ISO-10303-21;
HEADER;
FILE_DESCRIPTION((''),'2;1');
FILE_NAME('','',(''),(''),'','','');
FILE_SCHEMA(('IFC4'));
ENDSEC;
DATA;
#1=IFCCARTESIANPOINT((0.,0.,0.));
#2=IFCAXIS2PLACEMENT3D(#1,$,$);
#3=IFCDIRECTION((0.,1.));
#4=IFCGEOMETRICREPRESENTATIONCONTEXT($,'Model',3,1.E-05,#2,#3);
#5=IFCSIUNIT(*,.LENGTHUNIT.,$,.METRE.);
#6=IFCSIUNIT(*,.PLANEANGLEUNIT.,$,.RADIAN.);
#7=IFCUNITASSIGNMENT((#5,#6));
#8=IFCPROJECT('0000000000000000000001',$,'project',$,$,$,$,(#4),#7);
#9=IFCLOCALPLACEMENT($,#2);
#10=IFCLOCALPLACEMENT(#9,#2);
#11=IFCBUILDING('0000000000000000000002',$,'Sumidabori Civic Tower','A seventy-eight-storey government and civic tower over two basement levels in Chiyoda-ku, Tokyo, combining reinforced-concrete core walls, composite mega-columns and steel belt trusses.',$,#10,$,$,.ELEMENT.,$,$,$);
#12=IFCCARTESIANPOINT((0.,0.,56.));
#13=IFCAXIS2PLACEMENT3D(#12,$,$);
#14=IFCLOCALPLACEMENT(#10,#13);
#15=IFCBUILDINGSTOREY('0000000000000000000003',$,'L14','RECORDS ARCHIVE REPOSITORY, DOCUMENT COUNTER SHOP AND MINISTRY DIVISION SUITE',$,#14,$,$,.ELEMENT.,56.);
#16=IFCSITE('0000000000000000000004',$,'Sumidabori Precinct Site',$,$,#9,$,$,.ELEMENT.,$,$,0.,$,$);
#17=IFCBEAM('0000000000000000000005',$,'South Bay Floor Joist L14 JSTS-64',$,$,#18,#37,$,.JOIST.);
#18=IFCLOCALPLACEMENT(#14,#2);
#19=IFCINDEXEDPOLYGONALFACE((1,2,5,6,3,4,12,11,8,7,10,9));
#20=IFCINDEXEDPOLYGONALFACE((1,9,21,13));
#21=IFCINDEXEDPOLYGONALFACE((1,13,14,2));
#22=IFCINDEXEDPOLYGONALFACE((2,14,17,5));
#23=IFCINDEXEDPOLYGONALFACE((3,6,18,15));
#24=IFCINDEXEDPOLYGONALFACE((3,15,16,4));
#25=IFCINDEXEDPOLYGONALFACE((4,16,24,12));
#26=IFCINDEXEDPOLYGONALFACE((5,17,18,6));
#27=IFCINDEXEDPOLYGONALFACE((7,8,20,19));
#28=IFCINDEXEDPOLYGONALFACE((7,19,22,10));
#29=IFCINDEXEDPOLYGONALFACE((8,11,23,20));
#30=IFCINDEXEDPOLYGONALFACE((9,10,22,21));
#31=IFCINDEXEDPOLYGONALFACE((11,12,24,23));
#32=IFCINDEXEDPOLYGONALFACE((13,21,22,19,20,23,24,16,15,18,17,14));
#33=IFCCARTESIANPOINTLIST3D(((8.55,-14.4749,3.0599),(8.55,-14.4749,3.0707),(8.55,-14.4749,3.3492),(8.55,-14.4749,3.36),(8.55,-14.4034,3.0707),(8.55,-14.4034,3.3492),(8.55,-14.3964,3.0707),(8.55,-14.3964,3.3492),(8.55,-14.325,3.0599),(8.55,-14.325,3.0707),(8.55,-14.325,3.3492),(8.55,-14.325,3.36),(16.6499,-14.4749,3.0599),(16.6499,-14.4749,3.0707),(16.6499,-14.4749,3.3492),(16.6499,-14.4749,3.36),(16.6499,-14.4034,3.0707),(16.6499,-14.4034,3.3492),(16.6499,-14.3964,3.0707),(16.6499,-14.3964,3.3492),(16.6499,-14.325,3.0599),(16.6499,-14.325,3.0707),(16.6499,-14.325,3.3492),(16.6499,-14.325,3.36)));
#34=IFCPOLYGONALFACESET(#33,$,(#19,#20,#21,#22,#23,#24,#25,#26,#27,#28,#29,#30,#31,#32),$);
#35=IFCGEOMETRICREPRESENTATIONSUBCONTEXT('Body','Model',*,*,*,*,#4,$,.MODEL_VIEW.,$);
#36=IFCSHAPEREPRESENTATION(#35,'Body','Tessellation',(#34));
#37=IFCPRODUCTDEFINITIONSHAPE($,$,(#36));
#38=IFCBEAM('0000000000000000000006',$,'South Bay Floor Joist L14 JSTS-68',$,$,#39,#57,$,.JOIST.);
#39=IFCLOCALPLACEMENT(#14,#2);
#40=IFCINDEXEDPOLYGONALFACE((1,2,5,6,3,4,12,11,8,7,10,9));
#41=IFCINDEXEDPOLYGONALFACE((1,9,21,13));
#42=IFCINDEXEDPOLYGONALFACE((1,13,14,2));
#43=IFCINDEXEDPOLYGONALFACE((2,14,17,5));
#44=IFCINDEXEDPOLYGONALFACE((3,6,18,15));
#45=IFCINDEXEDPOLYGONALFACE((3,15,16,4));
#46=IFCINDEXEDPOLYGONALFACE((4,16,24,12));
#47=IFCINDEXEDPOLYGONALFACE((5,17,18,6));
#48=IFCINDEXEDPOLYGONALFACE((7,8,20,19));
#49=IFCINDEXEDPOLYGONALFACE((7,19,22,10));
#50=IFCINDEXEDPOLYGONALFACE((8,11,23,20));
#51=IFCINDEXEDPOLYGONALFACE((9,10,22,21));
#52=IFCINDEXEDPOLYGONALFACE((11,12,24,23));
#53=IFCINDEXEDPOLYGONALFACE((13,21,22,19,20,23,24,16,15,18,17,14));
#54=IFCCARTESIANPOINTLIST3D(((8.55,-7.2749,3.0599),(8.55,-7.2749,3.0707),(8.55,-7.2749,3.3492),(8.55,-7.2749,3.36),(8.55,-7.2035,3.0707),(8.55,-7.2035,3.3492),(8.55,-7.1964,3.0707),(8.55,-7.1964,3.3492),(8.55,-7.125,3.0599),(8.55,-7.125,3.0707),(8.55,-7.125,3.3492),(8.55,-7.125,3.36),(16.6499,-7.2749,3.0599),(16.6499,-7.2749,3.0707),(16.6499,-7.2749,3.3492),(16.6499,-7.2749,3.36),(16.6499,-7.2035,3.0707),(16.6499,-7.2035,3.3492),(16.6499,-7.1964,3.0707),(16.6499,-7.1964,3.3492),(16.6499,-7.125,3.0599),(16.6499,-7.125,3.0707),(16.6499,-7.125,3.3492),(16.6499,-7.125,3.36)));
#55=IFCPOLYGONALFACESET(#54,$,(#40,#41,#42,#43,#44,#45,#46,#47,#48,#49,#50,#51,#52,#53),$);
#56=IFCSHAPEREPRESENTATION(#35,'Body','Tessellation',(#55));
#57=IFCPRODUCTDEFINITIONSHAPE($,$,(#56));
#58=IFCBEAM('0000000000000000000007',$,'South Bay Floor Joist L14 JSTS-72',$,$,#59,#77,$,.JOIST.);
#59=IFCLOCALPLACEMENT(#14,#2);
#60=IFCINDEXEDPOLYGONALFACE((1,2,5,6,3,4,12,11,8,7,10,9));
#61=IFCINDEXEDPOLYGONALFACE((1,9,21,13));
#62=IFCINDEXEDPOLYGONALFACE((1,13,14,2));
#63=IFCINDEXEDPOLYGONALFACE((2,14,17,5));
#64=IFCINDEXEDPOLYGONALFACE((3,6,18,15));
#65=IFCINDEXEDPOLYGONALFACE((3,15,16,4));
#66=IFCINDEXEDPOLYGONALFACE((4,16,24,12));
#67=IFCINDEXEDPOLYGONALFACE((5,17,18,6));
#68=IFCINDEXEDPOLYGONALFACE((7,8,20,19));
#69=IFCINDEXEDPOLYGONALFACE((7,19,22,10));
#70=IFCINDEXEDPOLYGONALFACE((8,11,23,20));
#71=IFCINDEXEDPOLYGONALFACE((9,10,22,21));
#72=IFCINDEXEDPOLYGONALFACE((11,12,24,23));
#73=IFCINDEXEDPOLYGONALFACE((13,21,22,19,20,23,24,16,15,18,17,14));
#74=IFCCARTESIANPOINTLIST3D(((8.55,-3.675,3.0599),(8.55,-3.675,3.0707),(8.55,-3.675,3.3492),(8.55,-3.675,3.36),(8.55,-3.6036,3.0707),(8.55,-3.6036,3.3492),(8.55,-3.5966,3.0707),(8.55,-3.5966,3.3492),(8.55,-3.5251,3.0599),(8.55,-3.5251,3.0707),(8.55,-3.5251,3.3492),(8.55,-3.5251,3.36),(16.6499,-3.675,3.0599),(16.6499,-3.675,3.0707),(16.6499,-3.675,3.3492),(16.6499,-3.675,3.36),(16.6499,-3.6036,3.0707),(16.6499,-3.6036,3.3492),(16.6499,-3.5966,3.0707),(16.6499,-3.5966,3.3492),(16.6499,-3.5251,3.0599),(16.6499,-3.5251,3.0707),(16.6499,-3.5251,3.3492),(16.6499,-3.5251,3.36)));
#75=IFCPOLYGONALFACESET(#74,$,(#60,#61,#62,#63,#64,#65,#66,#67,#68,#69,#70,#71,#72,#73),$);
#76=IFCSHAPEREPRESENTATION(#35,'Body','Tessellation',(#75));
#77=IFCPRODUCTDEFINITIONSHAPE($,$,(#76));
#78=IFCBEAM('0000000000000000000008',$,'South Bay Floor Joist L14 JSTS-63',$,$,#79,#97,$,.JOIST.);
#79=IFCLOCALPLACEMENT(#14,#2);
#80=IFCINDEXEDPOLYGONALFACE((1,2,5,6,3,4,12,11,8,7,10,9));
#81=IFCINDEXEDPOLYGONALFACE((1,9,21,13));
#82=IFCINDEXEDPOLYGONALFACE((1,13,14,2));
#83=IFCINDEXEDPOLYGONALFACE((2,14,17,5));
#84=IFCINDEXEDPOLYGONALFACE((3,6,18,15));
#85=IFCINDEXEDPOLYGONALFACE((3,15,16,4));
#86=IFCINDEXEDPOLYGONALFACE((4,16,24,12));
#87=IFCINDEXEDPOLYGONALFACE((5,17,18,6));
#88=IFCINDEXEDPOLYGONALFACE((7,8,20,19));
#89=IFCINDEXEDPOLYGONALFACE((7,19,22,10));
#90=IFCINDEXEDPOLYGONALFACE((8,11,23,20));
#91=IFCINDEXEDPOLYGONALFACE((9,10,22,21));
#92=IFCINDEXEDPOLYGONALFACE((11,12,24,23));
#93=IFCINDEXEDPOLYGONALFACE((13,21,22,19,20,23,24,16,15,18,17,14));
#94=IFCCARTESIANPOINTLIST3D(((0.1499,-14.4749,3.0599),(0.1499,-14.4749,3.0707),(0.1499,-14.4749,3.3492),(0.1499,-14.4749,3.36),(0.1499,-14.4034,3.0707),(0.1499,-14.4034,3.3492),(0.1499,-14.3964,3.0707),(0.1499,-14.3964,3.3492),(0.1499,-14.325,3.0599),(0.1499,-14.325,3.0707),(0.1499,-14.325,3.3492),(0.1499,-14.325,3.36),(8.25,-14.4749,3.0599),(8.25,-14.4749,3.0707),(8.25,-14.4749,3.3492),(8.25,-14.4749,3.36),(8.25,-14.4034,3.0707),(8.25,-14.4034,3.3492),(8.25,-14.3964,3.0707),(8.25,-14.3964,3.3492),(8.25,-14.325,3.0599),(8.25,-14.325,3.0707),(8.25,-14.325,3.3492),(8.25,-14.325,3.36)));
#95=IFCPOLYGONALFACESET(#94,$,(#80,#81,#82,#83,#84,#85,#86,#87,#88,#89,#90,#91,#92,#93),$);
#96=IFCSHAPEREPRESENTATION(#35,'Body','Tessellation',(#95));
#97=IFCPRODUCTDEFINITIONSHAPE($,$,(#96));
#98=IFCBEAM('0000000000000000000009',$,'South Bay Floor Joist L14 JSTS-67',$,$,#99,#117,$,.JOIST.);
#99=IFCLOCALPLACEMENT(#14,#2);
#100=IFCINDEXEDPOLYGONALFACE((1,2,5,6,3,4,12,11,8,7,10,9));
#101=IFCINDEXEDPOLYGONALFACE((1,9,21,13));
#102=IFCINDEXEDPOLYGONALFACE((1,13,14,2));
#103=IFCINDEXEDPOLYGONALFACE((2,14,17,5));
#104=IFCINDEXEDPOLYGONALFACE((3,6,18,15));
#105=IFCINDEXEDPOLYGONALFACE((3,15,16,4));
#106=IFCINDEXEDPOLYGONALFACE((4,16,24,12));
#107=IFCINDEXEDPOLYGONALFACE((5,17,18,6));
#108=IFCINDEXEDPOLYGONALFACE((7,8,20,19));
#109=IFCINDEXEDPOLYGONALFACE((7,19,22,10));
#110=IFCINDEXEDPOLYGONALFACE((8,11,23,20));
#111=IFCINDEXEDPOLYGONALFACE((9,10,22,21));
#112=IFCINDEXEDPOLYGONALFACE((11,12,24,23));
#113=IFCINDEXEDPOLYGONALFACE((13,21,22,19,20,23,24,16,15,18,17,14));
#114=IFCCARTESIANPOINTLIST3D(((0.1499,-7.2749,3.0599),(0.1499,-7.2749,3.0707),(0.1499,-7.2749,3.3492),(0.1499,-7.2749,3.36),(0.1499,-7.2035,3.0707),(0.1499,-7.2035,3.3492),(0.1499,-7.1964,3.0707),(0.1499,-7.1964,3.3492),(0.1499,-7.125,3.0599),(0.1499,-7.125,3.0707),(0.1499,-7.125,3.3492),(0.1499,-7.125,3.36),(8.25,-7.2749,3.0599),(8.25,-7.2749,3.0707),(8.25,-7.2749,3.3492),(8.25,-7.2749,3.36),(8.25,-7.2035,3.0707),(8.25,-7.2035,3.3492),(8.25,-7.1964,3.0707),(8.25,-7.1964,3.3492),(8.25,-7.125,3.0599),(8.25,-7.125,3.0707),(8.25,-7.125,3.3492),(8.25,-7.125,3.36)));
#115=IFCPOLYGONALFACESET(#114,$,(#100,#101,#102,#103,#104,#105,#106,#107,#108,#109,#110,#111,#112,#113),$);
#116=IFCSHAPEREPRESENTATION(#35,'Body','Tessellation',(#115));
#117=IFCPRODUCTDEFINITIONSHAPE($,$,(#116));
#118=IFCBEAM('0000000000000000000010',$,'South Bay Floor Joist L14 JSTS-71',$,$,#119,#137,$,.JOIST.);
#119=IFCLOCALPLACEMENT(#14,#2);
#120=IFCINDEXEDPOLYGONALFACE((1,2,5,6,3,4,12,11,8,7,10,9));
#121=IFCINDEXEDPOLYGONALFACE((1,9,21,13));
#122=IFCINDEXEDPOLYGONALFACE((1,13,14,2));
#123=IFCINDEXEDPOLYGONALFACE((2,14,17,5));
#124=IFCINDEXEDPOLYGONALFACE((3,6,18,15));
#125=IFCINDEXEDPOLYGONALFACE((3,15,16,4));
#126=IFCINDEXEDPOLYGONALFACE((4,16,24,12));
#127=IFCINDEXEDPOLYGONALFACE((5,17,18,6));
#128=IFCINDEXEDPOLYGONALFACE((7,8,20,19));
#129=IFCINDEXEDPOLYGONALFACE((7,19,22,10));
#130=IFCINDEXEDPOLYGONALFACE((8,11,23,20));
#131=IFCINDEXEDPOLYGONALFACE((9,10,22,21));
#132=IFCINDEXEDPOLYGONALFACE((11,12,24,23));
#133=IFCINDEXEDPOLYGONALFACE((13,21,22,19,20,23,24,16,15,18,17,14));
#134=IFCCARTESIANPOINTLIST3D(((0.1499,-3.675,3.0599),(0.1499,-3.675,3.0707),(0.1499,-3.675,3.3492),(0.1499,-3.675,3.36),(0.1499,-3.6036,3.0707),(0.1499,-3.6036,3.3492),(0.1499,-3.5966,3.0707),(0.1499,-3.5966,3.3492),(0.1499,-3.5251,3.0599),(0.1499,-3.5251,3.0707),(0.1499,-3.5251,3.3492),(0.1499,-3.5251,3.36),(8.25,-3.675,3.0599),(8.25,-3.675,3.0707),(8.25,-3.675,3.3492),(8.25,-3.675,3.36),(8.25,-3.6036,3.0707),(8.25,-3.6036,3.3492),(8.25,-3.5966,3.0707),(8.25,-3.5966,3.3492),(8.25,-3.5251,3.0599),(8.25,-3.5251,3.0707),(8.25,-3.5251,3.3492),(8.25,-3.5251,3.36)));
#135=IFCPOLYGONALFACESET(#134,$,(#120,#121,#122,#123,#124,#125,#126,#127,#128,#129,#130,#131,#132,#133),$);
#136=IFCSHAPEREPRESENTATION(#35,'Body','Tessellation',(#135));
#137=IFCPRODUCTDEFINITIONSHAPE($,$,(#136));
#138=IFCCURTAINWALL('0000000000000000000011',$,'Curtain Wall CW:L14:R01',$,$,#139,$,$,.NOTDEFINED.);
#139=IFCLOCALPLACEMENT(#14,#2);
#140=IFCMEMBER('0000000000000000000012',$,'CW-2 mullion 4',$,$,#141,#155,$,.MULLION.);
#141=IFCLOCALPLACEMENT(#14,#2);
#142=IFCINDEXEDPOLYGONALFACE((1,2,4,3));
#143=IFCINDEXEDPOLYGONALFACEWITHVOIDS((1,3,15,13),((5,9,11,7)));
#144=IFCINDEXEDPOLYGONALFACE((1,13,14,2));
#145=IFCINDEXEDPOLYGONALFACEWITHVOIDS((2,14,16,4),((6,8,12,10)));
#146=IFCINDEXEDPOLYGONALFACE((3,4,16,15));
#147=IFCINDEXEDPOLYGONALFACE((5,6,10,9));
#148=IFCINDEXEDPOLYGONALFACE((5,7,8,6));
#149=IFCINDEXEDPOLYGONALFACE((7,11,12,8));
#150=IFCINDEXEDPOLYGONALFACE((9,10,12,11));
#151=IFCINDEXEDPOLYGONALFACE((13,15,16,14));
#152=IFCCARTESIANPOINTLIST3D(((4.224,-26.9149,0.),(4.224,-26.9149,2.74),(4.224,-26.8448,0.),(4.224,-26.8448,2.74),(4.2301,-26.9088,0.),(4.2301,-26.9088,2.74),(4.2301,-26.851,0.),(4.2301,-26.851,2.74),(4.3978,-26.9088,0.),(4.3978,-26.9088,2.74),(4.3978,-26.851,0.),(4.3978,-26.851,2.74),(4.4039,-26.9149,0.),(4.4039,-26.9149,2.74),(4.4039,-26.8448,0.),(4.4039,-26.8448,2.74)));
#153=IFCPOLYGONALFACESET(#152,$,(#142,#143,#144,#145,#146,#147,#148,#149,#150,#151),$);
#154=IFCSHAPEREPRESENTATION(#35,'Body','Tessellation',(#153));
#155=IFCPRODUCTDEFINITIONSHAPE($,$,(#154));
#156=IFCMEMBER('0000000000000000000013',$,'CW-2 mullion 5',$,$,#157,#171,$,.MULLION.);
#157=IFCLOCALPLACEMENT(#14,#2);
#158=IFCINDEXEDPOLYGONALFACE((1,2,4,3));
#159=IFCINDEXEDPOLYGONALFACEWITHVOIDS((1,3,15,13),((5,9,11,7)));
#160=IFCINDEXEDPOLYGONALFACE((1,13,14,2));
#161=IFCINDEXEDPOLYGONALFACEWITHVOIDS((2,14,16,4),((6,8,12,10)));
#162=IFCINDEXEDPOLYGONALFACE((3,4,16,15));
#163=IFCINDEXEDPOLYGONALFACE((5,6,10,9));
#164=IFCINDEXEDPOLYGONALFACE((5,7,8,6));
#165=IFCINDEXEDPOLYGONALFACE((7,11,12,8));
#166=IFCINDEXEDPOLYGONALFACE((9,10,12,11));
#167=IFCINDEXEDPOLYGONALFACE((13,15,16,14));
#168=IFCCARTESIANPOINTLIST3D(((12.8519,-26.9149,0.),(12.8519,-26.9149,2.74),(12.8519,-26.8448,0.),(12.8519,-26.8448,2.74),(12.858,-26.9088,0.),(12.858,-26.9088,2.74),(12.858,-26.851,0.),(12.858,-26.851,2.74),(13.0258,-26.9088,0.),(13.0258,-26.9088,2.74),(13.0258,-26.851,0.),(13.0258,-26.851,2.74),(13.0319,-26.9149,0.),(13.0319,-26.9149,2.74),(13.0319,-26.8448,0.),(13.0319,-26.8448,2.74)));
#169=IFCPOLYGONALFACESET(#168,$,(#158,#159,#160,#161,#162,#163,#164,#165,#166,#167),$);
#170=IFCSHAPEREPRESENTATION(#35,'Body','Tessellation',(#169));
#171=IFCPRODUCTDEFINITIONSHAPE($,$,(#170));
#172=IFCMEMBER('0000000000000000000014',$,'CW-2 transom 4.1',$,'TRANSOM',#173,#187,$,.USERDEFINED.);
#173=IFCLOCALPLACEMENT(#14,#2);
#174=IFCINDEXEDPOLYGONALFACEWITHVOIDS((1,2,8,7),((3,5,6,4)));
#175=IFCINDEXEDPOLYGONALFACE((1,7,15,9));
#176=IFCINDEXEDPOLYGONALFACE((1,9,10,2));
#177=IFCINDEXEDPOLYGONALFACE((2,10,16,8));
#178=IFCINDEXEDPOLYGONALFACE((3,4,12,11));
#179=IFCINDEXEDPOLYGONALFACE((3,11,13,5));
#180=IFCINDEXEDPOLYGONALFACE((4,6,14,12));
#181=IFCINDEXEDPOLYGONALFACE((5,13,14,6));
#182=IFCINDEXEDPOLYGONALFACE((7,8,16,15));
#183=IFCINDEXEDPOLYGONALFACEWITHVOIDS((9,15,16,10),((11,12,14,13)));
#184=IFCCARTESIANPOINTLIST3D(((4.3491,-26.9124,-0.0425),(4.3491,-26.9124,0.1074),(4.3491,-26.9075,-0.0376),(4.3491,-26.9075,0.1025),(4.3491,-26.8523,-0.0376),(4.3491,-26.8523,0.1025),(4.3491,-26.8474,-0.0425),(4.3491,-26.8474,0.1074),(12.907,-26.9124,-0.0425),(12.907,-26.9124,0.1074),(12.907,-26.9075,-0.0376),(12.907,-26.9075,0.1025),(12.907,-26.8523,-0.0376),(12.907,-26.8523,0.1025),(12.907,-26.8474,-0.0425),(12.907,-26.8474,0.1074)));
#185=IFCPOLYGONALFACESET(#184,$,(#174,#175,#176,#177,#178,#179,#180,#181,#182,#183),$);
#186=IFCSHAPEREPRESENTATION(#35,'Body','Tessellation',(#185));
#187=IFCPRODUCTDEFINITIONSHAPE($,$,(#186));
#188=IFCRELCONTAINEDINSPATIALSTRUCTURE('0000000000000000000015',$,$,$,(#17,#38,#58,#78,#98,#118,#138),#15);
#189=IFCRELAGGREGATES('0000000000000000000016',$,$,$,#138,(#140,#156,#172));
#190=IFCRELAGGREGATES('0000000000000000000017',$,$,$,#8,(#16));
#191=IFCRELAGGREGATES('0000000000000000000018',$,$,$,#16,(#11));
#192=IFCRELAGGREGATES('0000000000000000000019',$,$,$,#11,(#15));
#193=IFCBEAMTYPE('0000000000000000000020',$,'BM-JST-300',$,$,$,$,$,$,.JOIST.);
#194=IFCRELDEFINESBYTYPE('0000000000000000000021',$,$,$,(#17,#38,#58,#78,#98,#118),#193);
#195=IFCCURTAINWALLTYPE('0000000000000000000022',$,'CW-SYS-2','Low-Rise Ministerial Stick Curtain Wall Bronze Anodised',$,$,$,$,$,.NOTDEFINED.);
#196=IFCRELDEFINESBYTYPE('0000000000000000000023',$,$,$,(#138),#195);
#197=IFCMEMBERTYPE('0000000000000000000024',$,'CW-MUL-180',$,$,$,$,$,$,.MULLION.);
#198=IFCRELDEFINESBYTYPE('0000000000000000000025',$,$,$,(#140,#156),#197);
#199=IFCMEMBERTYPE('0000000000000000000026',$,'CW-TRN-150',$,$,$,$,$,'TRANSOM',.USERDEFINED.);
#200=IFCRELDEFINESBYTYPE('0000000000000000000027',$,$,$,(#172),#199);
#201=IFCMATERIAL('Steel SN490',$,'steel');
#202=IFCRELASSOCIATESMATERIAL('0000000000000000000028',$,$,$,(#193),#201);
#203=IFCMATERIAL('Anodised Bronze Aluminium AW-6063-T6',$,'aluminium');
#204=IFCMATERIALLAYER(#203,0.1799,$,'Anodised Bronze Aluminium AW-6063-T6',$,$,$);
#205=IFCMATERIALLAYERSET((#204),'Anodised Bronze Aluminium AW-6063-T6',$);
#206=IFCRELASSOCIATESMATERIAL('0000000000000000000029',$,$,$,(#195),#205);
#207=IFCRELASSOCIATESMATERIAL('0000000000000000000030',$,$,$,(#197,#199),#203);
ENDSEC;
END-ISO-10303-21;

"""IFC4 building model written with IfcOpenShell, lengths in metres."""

from ifc_helpers import new_model, si_unit, direction, frame, origin, origin_2d, place, context, subcontext, project, spatial, hollow_rectangle, i_section, extrude, source, transform, mapped, material, layer, layer_set, material_profile, profile_set, type_object, element, aggregate, save


model = new_model("IFC4")

# Units and contexts
model_context = context("Model", 3, precision=1e-05, world=origin(), true_north=direction((0.0, 1.0)))
body_context = subcontext(model_context, "Body", "Model", "MODEL_VIEW")
ifc_project = project(units=[si_unit("LENGTHUNIT", "METRE"), si_unit("PLANEANGLEUNIT", "RADIAN")], contexts=[model_context])

# Site, building, storey
site_placement = place(None, origin())
site = spatial("IfcSite", under=ifc_project, at=site_placement, Name="Sumidabori Precinct Site", CompositionType="ELEMENT", RefElevation=0.0)
building_placement = place(site_placement, origin())
building = spatial("IfcBuilding", under=site, at=building_placement, Name="Sumidabori Civic Tower", Description="A seventy-eight-storey government and civic tower over two basement levels in Chiyoda-ku, Tokyo, combining reinforced-concrete core walls, composite mega-columns and steel belt trusses.", CompositionType="ELEMENT")
storey_placement = place(building_placement, frame((0.0, 0.0, 56.0)))
storey = spatial("IfcBuildingStorey", under=building, at=storey_placement, Name="L14", Description="RECORDS ARCHIVE REPOSITORY, DOCUMENT COUNTER SHOP AND MINISTRY DIVISION SUITE", CompositionType="ELEMENT", Elevation=56.0)

# Beams
ifc_material_1 = material(Name="Steel SN490", Category="steel")
ifc_material_profile_1 = material_profile(ifc_material_1, i_section(OverallWidth=0.1499, OverallDepth=0.3, WebThickness=0.0071, FlangeThickness=0.0107, at=origin_2d()), Name="IPE 300")
ifc_profile_set_1 = profile_set([ifc_material_profile_1], Name="Steel SN490")
beam_type_1 = type_object("IfcBeamType", Name="BM-JST-300", PredefinedType="JOIST", material=ifc_profile_set_1)
shared_shape_1 = source(origin(), body_context, "Body", "SweptSolid", [
    extrude(i_section(OverallWidth=0.1499, OverallDepth=0.3, WebThickness=0.0071, FlangeThickness=0.0107, at=origin_2d()), origin(), (0.0, 0.0, 1.0), 8.0999),
])
for number, where, z_axis, x_axis, name in (
    (1, (8.55, -14.3999, 3.21), (1.0, 0.0, 0.0), (0.0, 1.0, 0.0), "South Bay Floor Joist L14 JSTS-64"),
    (2, (8.55, -7.2, 3.21), (1.0, 0.0, 0.0), (0.0, 1.0, 0.0), "South Bay Floor Joist L14 JSTS-68"),
    (3, (8.55, -3.6001, 3.21), (1.0, 0.0, 0.0), (0.0, 1.0, 0.0), "South Bay Floor Joist L14 JSTS-72"),
):
    element("IfcBeam", number, at=place(storey_placement, frame(where, z_axis=z_axis, x_axis=x_axis)), inside=storey, type_object=beam_type_1, Name=name, PredefinedType="JOIST", context=body_context, shape_type="MappedRepresentation", body=[
        mapped(shared_shape_1, transform((0.0, 0.0, 0.0), x_axis=(1.0, 0.0, 0.0), y_axis=(0.0, 1.0, 0.0), z_axis=(0.0, 0.0, 1.0), scale=1.0)),
    ])
shared_shape_2 = source(origin(), body_context, "Body", "SweptSolid", [
    extrude(i_section(OverallWidth=0.1499, OverallDepth=0.3, WebThickness=0.0071, FlangeThickness=0.0107, at=origin_2d()), origin(), (0.0, 0.0, 1.0), 8.1001),
])
for number, where, z_axis, x_axis, name in (
    (4, (0.1499, -14.3999, 3.21), (1.0, 0.0, 0.0), (0.0, 1.0, 0.0), "South Bay Floor Joist L14 JSTS-63"),
    (5, (0.1499, -7.2, 3.21), (1.0, 0.0, 0.0), (0.0, 1.0, 0.0), "South Bay Floor Joist L14 JSTS-67"),
    (6, (0.1499, -3.6001, 3.21), (1.0, 0.0, 0.0), (0.0, 1.0, 0.0), "South Bay Floor Joist L14 JSTS-71"),
):
    element("IfcBeam", number, at=place(storey_placement, frame(where, z_axis=z_axis, x_axis=x_axis)), inside=storey, type_object=beam_type_1, Name=name, PredefinedType="JOIST", context=body_context, shape_type="MappedRepresentation", body=[
        mapped(shared_shape_2, transform((0.0, 0.0, 0.0), x_axis=(1.0, 0.0, 0.0), y_axis=(0.0, 1.0, 0.0), z_axis=(0.0, 0.0, 1.0), scale=1.0)),
    ])

# Curtain wall, members
ifc_material_2 = material(Name="Anodised Bronze Aluminium AW-6063-T6", Category="aluminium")
ifc_layer_1 = layer(ifc_material_2, 0.1799, Name="Anodised Bronze Aluminium AW-6063-T6")
ifc_layer_set_1 = layer_set([ifc_layer_1], Name="Anodised Bronze Aluminium AW-6063-T6")
curtain_wall_type = type_object("IfcCurtainWallType", Name="CW-SYS-2", Description="Low-Rise Ministerial Stick Curtain Wall Bronze Anodised", PredefinedType="NOTDEFINED", material=ifc_layer_set_1)
curtain_wall_placement = place(storey_placement, origin())
curtain_wall = element("IfcCurtainWall", 7, at=curtain_wall_placement, inside=storey, type_object=curtain_wall_type, Name="Curtain Wall CW:L14:R01", PredefinedType="NOTDEFINED")
ifc_material_profile_2 = material_profile(ifc_material_2, hollow_rectangle(XDim=0.0701, YDim=0.1799, WallThickness=0.0061, at=origin_2d()), Name="ALU MULLION 180x70")
ifc_profile_set_2 = profile_set([ifc_material_profile_2], Name="Anodised Bronze Aluminium AW-6063-T6")
member_type_1 = type_object("IfcMemberType", Name="CW-MUL-180", PredefinedType="MULLION", material=ifc_profile_set_2)
shared_shape_3 = source(origin(), body_context, "Body", "SweptSolid", [
    extrude(hollow_rectangle(XDim=0.0701, YDim=0.1799, WallThickness=0.0061, at=origin_2d()), origin(), (0.0, 0.0, 1.0), 2.74),
])
member_1_placement = place(storey_placement, frame((4.314, -26.8799, 0.0), z_axis=(0.0, 0.0, 1.0), x_axis=(0.0, 1.0, 0.0)))
member_1 = element("IfcMember", 8, at=member_1_placement, type_object=member_type_1, Name="CW-2 mullion 4", PredefinedType="MULLION", context=body_context, shape_type="MappedRepresentation", body=[
    mapped(shared_shape_3, transform((0.0, 0.0, 0.0), x_axis=(1.0, 0.0, 0.0), y_axis=(0.0, 1.0, 0.0), z_axis=(0.0, 0.0, 1.0), scale=1.0)),
])
member_2_placement = place(storey_placement, frame((12.9419, -26.8799, 0.0), z_axis=(0.0, 0.0, 1.0), x_axis=(0.0, 1.0, 0.0)))
member_2 = element("IfcMember", 9, at=member_2_placement, type_object=member_type_1, Name="CW-2 mullion 5", PredefinedType="MULLION", context=body_context, shape_type="MappedRepresentation", body=[
    mapped(shared_shape_3, transform((0.0, 0.0, 0.0), x_axis=(1.0, 0.0, 0.0), y_axis=(0.0, 1.0, 0.0), z_axis=(0.0, 0.0, 1.0), scale=1.0)),
])
ifc_material_profile_3 = material_profile(ifc_material_2, hollow_rectangle(XDim=0.0649, YDim=0.1499, WallThickness=0.0049, at=origin_2d()), Name="ALU TRANSOM 150x65")
ifc_profile_set_3 = profile_set([ifc_material_profile_3], Name="Anodised Bronze Aluminium AW-6063-T6")
member_type_2 = type_object("IfcMemberType", Name="CW-TRN-150", ElementType="TRANSOM", PredefinedType="USERDEFINED", material=ifc_profile_set_3)
shared_shape_4 = source(origin(), body_context, "Body", "SweptSolid", [
    extrude(hollow_rectangle(XDim=0.0649, YDim=0.1499, WallThickness=0.0049, at=origin_2d()), origin(), (0.0, 0.0, 1.0), 8.5579),
])
member_3_placement = place(storey_placement, frame((4.3491, -26.8799, 0.0325), z_axis=(1.0, 0.0, 0.0), x_axis=(0.0, 1.0, 0.0)))
member_3 = element("IfcMember", 10, at=member_3_placement, type_object=member_type_2, Name="CW-2 transom 4.1", ObjectType="TRANSOM", PredefinedType="USERDEFINED", context=body_context, shape_type="MappedRepresentation", body=[
    mapped(shared_shape_4, transform((0.0, 0.0, 0.0), x_axis=(1.0, 0.0, 0.0), y_axis=(0.0, 1.0, 0.0), z_axis=(0.0, 0.0, 1.0), scale=1.0)),
])
aggregate(curtain_wall, [member_1, member_2, member_3])

save(model, "model.ifc")
